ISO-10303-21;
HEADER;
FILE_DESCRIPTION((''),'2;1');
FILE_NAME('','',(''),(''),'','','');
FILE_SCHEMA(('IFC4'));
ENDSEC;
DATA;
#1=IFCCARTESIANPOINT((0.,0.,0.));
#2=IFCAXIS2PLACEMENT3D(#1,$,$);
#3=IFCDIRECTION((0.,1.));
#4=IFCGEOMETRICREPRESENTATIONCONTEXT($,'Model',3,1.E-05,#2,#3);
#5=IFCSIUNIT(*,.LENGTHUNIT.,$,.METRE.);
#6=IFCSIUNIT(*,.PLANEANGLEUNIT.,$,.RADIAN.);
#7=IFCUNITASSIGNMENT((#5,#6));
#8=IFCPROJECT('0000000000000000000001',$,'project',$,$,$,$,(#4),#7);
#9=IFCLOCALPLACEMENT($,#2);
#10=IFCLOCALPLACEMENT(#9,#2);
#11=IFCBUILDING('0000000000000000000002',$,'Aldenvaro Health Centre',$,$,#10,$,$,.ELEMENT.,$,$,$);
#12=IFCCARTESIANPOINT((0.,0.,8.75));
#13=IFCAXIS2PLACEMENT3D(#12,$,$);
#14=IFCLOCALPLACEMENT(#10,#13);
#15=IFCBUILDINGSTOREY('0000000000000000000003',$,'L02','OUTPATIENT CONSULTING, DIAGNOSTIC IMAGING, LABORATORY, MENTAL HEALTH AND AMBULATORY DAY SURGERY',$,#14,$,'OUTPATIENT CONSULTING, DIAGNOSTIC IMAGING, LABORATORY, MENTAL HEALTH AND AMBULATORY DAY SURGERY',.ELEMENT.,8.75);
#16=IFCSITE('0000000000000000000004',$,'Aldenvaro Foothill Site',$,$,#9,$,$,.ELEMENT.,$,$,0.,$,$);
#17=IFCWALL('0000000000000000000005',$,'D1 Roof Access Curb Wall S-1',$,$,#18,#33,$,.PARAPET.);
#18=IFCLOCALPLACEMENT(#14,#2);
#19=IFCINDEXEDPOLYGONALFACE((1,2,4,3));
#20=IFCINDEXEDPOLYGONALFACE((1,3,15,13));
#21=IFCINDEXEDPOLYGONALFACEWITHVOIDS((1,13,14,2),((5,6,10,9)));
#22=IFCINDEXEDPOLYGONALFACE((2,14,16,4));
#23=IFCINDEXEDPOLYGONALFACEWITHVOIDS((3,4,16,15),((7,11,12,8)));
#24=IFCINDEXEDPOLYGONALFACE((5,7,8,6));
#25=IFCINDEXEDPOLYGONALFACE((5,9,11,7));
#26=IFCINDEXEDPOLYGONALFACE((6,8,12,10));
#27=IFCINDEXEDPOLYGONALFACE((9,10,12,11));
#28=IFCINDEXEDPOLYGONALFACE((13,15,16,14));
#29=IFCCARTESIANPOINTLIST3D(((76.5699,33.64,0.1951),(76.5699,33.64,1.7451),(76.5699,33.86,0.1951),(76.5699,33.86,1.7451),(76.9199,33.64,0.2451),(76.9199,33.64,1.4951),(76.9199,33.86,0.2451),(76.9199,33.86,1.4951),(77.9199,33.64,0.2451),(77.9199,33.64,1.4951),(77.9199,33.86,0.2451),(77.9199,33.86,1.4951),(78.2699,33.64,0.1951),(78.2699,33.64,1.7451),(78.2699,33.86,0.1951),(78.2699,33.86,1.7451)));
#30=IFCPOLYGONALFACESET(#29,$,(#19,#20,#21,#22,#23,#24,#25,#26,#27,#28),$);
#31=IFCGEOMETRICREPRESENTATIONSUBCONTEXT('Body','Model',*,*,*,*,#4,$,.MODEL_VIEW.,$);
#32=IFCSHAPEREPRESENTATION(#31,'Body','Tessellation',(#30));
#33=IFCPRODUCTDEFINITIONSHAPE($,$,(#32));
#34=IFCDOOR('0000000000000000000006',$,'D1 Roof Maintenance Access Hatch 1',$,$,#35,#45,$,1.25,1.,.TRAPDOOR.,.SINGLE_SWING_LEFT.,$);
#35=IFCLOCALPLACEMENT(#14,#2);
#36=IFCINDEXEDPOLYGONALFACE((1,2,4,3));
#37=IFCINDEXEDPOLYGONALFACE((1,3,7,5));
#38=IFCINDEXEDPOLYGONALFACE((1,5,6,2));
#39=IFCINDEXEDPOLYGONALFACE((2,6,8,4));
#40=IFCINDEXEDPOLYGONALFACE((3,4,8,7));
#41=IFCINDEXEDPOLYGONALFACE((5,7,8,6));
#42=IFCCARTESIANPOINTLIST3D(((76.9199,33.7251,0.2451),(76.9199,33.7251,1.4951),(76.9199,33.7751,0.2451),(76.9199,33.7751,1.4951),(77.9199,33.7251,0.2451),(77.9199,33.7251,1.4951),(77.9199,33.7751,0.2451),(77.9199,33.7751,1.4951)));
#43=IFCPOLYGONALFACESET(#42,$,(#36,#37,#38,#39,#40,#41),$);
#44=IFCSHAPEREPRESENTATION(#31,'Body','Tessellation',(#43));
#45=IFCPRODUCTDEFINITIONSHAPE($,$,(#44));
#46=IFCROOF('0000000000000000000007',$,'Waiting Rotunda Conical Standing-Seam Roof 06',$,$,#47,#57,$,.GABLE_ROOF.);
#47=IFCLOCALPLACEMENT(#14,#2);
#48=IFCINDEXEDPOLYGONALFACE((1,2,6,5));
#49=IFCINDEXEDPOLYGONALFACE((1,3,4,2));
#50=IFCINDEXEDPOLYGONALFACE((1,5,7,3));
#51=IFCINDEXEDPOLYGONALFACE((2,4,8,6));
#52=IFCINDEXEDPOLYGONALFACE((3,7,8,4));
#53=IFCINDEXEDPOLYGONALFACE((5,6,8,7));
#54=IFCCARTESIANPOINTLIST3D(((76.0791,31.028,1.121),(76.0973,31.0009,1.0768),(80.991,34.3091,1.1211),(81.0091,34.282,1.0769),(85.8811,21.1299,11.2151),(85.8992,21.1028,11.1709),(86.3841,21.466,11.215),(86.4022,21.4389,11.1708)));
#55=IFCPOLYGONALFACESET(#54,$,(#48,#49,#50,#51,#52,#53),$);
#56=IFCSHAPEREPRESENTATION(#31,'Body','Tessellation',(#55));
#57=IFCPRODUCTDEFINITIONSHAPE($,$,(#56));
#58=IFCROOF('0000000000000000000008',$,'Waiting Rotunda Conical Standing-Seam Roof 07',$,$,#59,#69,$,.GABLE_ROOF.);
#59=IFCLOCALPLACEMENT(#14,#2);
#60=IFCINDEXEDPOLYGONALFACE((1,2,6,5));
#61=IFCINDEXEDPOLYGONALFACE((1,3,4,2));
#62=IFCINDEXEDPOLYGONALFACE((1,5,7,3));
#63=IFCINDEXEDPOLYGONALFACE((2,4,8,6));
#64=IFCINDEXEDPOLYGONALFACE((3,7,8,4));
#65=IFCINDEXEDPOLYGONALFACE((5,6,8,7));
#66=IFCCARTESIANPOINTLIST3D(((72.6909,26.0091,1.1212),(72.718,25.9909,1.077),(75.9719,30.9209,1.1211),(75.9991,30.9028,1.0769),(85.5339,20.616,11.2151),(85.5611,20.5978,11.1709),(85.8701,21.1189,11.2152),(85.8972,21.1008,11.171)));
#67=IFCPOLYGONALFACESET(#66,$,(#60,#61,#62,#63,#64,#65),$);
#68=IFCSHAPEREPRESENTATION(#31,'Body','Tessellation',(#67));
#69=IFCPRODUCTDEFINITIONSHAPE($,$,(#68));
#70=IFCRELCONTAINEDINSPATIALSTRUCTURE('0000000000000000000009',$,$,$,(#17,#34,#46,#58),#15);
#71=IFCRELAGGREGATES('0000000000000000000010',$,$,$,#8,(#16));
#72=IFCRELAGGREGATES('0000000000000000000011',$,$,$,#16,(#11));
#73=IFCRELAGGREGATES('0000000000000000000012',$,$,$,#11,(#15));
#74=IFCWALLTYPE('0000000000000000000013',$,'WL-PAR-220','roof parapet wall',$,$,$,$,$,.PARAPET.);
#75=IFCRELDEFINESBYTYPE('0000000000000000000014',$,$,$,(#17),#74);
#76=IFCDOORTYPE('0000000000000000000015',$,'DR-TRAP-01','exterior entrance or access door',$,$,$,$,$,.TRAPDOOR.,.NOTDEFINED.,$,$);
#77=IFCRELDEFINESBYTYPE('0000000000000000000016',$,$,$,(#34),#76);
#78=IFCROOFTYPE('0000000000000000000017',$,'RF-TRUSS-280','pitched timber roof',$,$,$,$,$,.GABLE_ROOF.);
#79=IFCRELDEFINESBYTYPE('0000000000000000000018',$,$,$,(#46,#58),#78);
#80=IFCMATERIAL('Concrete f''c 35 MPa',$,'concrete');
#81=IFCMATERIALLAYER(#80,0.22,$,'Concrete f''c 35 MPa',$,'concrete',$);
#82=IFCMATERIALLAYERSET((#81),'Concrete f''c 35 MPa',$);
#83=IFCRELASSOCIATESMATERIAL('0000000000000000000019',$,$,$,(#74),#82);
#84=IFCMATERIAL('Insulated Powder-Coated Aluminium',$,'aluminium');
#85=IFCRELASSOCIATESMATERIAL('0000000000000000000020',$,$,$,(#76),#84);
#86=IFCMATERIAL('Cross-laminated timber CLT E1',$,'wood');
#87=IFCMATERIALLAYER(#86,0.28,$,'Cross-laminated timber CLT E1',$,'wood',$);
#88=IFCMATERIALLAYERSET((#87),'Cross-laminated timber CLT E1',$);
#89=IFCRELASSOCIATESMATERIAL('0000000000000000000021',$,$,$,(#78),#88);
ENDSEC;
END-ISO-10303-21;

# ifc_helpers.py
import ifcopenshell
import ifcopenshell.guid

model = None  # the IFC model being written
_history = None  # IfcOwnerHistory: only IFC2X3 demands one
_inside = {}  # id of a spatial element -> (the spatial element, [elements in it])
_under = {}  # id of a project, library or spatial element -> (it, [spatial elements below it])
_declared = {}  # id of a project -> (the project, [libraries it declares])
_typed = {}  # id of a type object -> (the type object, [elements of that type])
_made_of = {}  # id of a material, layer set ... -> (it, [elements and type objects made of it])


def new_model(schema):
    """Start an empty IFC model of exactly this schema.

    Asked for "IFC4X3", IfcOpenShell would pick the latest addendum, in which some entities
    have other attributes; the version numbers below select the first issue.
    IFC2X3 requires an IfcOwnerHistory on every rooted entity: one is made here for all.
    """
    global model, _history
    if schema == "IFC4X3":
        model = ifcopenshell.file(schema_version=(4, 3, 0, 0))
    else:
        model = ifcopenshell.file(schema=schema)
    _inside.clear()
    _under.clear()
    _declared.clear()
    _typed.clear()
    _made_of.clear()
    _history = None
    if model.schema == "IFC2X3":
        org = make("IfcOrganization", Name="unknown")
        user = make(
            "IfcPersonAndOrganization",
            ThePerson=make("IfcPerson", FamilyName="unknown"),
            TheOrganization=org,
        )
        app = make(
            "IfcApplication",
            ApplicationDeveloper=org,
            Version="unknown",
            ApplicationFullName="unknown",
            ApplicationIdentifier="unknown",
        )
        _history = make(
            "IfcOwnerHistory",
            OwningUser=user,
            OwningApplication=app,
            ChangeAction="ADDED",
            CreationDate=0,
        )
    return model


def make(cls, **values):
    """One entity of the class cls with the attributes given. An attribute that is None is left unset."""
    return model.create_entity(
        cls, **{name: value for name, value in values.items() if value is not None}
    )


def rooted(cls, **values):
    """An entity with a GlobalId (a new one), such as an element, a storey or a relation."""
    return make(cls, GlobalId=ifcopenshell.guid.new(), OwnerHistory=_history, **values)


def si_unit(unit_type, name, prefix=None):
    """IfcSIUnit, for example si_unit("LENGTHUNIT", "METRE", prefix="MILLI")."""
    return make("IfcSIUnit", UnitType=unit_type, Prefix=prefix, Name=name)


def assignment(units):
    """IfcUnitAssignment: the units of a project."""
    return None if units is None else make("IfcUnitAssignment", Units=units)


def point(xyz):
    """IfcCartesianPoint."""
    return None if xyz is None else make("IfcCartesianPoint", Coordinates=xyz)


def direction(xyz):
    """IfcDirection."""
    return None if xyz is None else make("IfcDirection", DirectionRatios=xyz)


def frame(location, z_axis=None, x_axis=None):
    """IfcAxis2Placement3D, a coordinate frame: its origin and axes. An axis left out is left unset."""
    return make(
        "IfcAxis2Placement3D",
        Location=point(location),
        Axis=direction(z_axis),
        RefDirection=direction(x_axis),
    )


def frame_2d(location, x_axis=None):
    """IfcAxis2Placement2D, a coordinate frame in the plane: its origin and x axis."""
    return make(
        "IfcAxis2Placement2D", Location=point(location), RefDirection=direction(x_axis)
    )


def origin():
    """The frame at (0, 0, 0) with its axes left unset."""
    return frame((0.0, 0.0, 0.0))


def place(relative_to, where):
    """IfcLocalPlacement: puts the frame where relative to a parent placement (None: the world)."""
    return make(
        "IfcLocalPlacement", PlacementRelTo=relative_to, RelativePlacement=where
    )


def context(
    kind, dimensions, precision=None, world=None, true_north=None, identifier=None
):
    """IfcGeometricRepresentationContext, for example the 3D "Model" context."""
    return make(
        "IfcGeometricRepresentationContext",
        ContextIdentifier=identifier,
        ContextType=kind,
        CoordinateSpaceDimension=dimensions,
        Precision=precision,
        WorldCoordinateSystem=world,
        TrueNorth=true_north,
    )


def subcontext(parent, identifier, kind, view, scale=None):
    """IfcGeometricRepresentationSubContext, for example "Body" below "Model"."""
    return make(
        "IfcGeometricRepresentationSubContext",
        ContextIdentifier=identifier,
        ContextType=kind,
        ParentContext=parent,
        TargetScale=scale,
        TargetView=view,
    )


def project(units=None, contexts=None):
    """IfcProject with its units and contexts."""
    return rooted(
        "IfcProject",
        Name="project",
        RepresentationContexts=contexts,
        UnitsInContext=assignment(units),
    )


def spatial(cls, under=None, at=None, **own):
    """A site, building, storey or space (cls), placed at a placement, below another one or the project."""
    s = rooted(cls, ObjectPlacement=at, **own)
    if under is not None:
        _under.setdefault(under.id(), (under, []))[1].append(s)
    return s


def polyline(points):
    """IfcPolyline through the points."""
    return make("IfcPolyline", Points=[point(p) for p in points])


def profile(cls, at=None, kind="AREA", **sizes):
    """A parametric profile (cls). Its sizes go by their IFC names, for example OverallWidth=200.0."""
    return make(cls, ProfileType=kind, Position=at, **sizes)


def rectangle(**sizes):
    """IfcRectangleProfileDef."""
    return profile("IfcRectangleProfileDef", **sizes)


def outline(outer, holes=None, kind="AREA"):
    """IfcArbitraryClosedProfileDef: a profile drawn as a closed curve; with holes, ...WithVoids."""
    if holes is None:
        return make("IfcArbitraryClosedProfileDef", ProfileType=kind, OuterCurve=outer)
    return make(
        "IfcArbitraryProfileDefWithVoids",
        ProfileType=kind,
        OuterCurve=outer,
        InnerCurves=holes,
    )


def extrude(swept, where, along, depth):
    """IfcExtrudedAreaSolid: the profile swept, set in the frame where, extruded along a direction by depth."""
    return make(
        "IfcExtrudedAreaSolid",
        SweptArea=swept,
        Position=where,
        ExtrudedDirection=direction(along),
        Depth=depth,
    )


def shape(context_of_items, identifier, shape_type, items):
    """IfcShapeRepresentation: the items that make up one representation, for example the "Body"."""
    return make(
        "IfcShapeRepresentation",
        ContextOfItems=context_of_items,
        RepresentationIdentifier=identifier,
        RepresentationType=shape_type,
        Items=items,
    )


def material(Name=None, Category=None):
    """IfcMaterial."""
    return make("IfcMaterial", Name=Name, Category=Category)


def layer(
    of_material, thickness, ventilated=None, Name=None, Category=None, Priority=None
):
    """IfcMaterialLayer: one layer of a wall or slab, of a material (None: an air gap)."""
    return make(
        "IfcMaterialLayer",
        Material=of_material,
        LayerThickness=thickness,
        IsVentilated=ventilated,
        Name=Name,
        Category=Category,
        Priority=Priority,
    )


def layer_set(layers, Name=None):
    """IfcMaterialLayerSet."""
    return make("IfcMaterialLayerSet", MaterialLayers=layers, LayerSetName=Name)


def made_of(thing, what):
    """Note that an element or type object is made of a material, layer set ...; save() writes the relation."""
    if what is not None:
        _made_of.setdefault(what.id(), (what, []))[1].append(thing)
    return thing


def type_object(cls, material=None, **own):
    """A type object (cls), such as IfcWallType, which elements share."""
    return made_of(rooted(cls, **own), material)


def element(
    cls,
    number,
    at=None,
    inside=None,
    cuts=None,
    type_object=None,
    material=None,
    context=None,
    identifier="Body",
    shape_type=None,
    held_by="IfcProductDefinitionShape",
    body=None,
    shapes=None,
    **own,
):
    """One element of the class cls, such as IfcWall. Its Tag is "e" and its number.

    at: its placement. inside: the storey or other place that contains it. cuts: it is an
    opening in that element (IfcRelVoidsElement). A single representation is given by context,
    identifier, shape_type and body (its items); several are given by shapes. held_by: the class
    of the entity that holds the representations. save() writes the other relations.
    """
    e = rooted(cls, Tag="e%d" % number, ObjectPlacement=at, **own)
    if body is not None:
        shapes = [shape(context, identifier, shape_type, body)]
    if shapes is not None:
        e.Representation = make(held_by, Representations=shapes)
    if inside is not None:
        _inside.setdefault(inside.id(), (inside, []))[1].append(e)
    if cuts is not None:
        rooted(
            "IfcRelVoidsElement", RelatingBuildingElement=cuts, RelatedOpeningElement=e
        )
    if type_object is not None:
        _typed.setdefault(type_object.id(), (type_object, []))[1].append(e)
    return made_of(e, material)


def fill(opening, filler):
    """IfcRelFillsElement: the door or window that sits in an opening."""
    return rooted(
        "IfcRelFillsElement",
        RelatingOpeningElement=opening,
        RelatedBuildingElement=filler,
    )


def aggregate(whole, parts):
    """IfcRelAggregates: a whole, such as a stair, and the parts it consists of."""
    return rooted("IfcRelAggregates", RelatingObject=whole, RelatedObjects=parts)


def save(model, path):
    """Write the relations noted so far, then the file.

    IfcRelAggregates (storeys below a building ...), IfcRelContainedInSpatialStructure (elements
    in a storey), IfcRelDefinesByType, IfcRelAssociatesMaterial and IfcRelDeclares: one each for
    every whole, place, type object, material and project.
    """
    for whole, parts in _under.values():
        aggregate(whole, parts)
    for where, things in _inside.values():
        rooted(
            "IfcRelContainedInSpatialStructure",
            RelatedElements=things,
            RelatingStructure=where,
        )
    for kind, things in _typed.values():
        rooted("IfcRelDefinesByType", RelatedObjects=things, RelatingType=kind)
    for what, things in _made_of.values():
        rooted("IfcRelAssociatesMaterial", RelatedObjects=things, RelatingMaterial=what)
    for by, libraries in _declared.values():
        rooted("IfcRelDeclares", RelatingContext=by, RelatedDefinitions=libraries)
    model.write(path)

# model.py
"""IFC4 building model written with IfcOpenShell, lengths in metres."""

from ifc_helpers import new_model, si_unit, direction, frame, frame_2d, origin, place, context, subcontext, project, spatial, polyline, rectangle, outline, extrude, material, layer, layer_set, type_object, element, fill, save


model = new_model("IFC4")

# Units and contexts
model_context = context("Model", 3, precision=1e-05, world=origin(), true_north=direction((0.0, 1.0)))
body_context = subcontext(model_context, "Body", "Model", "MODEL_VIEW")
ifc_project = project(units=[si_unit("LENGTHUNIT", "METRE"), si_unit("PLANEANGLEUNIT", "RADIAN")], contexts=[model_context])

# Site, building, storey
site_placement = place(None, origin())
site = spatial("IfcSite", under=ifc_project, at=site_placement, Name="Aldenvaro Foothill Site", CompositionType="ELEMENT", RefElevation=0.0)
building_placement = place(site_placement, origin())
building = spatial("IfcBuilding", under=site, at=building_placement, Name="Aldenvaro Health Centre", CompositionType="ELEMENT")
storey_placement = place(building_placement, frame((0.0, 0.0, 8.75)))
storey = spatial("IfcBuildingStorey", under=building, at=storey_placement, Name="L02", Description="OUTPATIENT CONSULTING, DIAGNOSTIC IMAGING, LABORATORY, MENTAL HEALTH AND AMBULATORY DAY SURGERY", LongName="OUTPATIENT CONSULTING, DIAGNOSTIC IMAGING, LABORATORY, MENTAL HEALTH AND AMBULATORY DAY SURGERY", CompositionType="ELEMENT", Elevation=8.75)

# Shared definitions
ifc_material_1 = material(Name="Cross-laminated timber CLT E1", Category="wood")

# Shared definitions
ifc_material_2 = material(Name="Concrete f'c 35 MPa", Category="concrete")

# Wall, opening, door
ifc_layer_1 = layer(ifc_material_2, 0.22, Name="Concrete f'c 35 MPa", Category="concrete")
ifc_layer_set_1 = layer_set([ifc_layer_1], Name="Concrete f'c 35 MPa")
wall_type_1 = type_object("IfcWallType", Name="WL-PAR-220", Description="roof parapet wall", PredefinedType="PARAPET", material=ifc_layer_set_1)
wall_1_placement = place(storey_placement, frame((78.27, 33.75, 0.1951), z_axis=(0.0, 0.0, 1.0), x_axis=(-1.0, 0.0, 0.0)))
wall_1 = element("IfcWall", 1, at=wall_1_placement, inside=storey, type_object=wall_type_1, Name="D1 Roof Access Curb Wall S-1", PredefinedType="PARAPET", context=body_context, shape_type="SweptSolid", body=[
    extrude(rectangle(XDim=1.7, YDim=0.22, at=frame_2d((0.8501, 0.0))), origin(), (0.0, 0.0, 1.0), 1.55),
])
opening_placement = place(wall_1_placement, frame((0.3501, 0.0, 0.05)))
opening = element("IfcOpeningElement", 2, at=opening_placement, cuts=wall_1, PredefinedType="OPENING", context=body_context, shape_type="SweptSolid", body=[
    extrude(rectangle(XDim=1.0, YDim=1.25, at=frame_2d((0.5, 0.625))), frame((0.0, 0.1201, 0.0), z_axis=(0.0, -1.0, 0.0), x_axis=(1.0, 0.0, 0.0)), (0.0, 0.0, 1.0), 0.24),
])
ifc_material_3 = material(Name="Insulated Powder-Coated Aluminium", Category="aluminium")
door_type = type_object("IfcDoorType", Name="DR-TRAP-01", Description="exterior entrance or access door", OperationType="NOTDEFINED", PredefinedType="TRAPDOOR", material=ifc_material_3)
door_placement = place(opening_placement, origin())
door = element("IfcDoor", 3, at=door_placement, inside=storey, type_object=door_type, Name="D1 Roof Maintenance Access Hatch 1", OperationType="SINGLE_SWING_LEFT", OverallHeight=1.25, OverallWidth=1.0, PredefinedType="TRAPDOOR", context=body_context, shape_type="SweptSolid", body=[
    extrude(rectangle(XDim=1.0, YDim=1.25, at=frame_2d((0.5, 0.625))), frame((0.0, 0.0249, 0.0), z_axis=(0.0, -1.0, 0.0), x_axis=(1.0, 0.0, 0.0)), (0.0, 0.0, 1.0), 0.05),
])
fill(opening, door)

# Roofs
ifc_layer_2 = layer(ifc_material_1, 0.28, Name="Cross-laminated timber CLT E1", Category="wood")
ifc_layer_set_2 = layer_set([ifc_layer_2], Name="Cross-laminated timber CLT E1")
roof_type = type_object("IfcRoofType", Name="RF-TRUSS-280", Description="pitched timber roof", PredefinedType="GABLE_ROOF", material=ifc_layer_set_2)
roof_1_placement = place(storey_placement, frame((80.991, 34.3091, 1.1211), z_axis=(-0.329879, 0.493817, 0.804565), x_axis=(-0.831542, -0.555462, -0.000014)))
element("IfcRoof", 4, at=roof_1_placement, inside=storey, type_object=roof_type, Name="Waiting Rotunda Conical Standing-Seam Roof 06", PredefinedType="GABLE_ROOF", context=body_context, shape_type="SweptSolid", body=[
    extrude(outline(polyline([(0.0, 0.0), (5.9069, 0.0), (3.2541, 16.9972), (2.6491, 16.997), (0.0, 0.0)])), origin(), (0.0, 0.0, -1.0), 0.0549),
])
roof_2_placement = place(storey_placement, frame((75.9719, 30.9209, 1.1211), z_axis=(-0.493817, 0.329879, 0.804565), x_axis=(-0.555462, -0.831542, 0.000014)))
element("IfcRoof", 5, at=roof_2_placement, inside=storey, type_object=roof_type, Name="Waiting Rotunda Conical Standing-Seam Roof 07", PredefinedType="GABLE_ROOF", context=body_context, shape_type="SweptSolid", body=[
    extrude(outline(polyline([(0.0, 0.0), (5.9069, 0.0), (3.2578, 16.997), (2.6528, 16.9972), (0.0, 0.0)])), origin(), (0.0, 0.0, -1.0), 0.0549),
])

save(model, "model.ifc")
